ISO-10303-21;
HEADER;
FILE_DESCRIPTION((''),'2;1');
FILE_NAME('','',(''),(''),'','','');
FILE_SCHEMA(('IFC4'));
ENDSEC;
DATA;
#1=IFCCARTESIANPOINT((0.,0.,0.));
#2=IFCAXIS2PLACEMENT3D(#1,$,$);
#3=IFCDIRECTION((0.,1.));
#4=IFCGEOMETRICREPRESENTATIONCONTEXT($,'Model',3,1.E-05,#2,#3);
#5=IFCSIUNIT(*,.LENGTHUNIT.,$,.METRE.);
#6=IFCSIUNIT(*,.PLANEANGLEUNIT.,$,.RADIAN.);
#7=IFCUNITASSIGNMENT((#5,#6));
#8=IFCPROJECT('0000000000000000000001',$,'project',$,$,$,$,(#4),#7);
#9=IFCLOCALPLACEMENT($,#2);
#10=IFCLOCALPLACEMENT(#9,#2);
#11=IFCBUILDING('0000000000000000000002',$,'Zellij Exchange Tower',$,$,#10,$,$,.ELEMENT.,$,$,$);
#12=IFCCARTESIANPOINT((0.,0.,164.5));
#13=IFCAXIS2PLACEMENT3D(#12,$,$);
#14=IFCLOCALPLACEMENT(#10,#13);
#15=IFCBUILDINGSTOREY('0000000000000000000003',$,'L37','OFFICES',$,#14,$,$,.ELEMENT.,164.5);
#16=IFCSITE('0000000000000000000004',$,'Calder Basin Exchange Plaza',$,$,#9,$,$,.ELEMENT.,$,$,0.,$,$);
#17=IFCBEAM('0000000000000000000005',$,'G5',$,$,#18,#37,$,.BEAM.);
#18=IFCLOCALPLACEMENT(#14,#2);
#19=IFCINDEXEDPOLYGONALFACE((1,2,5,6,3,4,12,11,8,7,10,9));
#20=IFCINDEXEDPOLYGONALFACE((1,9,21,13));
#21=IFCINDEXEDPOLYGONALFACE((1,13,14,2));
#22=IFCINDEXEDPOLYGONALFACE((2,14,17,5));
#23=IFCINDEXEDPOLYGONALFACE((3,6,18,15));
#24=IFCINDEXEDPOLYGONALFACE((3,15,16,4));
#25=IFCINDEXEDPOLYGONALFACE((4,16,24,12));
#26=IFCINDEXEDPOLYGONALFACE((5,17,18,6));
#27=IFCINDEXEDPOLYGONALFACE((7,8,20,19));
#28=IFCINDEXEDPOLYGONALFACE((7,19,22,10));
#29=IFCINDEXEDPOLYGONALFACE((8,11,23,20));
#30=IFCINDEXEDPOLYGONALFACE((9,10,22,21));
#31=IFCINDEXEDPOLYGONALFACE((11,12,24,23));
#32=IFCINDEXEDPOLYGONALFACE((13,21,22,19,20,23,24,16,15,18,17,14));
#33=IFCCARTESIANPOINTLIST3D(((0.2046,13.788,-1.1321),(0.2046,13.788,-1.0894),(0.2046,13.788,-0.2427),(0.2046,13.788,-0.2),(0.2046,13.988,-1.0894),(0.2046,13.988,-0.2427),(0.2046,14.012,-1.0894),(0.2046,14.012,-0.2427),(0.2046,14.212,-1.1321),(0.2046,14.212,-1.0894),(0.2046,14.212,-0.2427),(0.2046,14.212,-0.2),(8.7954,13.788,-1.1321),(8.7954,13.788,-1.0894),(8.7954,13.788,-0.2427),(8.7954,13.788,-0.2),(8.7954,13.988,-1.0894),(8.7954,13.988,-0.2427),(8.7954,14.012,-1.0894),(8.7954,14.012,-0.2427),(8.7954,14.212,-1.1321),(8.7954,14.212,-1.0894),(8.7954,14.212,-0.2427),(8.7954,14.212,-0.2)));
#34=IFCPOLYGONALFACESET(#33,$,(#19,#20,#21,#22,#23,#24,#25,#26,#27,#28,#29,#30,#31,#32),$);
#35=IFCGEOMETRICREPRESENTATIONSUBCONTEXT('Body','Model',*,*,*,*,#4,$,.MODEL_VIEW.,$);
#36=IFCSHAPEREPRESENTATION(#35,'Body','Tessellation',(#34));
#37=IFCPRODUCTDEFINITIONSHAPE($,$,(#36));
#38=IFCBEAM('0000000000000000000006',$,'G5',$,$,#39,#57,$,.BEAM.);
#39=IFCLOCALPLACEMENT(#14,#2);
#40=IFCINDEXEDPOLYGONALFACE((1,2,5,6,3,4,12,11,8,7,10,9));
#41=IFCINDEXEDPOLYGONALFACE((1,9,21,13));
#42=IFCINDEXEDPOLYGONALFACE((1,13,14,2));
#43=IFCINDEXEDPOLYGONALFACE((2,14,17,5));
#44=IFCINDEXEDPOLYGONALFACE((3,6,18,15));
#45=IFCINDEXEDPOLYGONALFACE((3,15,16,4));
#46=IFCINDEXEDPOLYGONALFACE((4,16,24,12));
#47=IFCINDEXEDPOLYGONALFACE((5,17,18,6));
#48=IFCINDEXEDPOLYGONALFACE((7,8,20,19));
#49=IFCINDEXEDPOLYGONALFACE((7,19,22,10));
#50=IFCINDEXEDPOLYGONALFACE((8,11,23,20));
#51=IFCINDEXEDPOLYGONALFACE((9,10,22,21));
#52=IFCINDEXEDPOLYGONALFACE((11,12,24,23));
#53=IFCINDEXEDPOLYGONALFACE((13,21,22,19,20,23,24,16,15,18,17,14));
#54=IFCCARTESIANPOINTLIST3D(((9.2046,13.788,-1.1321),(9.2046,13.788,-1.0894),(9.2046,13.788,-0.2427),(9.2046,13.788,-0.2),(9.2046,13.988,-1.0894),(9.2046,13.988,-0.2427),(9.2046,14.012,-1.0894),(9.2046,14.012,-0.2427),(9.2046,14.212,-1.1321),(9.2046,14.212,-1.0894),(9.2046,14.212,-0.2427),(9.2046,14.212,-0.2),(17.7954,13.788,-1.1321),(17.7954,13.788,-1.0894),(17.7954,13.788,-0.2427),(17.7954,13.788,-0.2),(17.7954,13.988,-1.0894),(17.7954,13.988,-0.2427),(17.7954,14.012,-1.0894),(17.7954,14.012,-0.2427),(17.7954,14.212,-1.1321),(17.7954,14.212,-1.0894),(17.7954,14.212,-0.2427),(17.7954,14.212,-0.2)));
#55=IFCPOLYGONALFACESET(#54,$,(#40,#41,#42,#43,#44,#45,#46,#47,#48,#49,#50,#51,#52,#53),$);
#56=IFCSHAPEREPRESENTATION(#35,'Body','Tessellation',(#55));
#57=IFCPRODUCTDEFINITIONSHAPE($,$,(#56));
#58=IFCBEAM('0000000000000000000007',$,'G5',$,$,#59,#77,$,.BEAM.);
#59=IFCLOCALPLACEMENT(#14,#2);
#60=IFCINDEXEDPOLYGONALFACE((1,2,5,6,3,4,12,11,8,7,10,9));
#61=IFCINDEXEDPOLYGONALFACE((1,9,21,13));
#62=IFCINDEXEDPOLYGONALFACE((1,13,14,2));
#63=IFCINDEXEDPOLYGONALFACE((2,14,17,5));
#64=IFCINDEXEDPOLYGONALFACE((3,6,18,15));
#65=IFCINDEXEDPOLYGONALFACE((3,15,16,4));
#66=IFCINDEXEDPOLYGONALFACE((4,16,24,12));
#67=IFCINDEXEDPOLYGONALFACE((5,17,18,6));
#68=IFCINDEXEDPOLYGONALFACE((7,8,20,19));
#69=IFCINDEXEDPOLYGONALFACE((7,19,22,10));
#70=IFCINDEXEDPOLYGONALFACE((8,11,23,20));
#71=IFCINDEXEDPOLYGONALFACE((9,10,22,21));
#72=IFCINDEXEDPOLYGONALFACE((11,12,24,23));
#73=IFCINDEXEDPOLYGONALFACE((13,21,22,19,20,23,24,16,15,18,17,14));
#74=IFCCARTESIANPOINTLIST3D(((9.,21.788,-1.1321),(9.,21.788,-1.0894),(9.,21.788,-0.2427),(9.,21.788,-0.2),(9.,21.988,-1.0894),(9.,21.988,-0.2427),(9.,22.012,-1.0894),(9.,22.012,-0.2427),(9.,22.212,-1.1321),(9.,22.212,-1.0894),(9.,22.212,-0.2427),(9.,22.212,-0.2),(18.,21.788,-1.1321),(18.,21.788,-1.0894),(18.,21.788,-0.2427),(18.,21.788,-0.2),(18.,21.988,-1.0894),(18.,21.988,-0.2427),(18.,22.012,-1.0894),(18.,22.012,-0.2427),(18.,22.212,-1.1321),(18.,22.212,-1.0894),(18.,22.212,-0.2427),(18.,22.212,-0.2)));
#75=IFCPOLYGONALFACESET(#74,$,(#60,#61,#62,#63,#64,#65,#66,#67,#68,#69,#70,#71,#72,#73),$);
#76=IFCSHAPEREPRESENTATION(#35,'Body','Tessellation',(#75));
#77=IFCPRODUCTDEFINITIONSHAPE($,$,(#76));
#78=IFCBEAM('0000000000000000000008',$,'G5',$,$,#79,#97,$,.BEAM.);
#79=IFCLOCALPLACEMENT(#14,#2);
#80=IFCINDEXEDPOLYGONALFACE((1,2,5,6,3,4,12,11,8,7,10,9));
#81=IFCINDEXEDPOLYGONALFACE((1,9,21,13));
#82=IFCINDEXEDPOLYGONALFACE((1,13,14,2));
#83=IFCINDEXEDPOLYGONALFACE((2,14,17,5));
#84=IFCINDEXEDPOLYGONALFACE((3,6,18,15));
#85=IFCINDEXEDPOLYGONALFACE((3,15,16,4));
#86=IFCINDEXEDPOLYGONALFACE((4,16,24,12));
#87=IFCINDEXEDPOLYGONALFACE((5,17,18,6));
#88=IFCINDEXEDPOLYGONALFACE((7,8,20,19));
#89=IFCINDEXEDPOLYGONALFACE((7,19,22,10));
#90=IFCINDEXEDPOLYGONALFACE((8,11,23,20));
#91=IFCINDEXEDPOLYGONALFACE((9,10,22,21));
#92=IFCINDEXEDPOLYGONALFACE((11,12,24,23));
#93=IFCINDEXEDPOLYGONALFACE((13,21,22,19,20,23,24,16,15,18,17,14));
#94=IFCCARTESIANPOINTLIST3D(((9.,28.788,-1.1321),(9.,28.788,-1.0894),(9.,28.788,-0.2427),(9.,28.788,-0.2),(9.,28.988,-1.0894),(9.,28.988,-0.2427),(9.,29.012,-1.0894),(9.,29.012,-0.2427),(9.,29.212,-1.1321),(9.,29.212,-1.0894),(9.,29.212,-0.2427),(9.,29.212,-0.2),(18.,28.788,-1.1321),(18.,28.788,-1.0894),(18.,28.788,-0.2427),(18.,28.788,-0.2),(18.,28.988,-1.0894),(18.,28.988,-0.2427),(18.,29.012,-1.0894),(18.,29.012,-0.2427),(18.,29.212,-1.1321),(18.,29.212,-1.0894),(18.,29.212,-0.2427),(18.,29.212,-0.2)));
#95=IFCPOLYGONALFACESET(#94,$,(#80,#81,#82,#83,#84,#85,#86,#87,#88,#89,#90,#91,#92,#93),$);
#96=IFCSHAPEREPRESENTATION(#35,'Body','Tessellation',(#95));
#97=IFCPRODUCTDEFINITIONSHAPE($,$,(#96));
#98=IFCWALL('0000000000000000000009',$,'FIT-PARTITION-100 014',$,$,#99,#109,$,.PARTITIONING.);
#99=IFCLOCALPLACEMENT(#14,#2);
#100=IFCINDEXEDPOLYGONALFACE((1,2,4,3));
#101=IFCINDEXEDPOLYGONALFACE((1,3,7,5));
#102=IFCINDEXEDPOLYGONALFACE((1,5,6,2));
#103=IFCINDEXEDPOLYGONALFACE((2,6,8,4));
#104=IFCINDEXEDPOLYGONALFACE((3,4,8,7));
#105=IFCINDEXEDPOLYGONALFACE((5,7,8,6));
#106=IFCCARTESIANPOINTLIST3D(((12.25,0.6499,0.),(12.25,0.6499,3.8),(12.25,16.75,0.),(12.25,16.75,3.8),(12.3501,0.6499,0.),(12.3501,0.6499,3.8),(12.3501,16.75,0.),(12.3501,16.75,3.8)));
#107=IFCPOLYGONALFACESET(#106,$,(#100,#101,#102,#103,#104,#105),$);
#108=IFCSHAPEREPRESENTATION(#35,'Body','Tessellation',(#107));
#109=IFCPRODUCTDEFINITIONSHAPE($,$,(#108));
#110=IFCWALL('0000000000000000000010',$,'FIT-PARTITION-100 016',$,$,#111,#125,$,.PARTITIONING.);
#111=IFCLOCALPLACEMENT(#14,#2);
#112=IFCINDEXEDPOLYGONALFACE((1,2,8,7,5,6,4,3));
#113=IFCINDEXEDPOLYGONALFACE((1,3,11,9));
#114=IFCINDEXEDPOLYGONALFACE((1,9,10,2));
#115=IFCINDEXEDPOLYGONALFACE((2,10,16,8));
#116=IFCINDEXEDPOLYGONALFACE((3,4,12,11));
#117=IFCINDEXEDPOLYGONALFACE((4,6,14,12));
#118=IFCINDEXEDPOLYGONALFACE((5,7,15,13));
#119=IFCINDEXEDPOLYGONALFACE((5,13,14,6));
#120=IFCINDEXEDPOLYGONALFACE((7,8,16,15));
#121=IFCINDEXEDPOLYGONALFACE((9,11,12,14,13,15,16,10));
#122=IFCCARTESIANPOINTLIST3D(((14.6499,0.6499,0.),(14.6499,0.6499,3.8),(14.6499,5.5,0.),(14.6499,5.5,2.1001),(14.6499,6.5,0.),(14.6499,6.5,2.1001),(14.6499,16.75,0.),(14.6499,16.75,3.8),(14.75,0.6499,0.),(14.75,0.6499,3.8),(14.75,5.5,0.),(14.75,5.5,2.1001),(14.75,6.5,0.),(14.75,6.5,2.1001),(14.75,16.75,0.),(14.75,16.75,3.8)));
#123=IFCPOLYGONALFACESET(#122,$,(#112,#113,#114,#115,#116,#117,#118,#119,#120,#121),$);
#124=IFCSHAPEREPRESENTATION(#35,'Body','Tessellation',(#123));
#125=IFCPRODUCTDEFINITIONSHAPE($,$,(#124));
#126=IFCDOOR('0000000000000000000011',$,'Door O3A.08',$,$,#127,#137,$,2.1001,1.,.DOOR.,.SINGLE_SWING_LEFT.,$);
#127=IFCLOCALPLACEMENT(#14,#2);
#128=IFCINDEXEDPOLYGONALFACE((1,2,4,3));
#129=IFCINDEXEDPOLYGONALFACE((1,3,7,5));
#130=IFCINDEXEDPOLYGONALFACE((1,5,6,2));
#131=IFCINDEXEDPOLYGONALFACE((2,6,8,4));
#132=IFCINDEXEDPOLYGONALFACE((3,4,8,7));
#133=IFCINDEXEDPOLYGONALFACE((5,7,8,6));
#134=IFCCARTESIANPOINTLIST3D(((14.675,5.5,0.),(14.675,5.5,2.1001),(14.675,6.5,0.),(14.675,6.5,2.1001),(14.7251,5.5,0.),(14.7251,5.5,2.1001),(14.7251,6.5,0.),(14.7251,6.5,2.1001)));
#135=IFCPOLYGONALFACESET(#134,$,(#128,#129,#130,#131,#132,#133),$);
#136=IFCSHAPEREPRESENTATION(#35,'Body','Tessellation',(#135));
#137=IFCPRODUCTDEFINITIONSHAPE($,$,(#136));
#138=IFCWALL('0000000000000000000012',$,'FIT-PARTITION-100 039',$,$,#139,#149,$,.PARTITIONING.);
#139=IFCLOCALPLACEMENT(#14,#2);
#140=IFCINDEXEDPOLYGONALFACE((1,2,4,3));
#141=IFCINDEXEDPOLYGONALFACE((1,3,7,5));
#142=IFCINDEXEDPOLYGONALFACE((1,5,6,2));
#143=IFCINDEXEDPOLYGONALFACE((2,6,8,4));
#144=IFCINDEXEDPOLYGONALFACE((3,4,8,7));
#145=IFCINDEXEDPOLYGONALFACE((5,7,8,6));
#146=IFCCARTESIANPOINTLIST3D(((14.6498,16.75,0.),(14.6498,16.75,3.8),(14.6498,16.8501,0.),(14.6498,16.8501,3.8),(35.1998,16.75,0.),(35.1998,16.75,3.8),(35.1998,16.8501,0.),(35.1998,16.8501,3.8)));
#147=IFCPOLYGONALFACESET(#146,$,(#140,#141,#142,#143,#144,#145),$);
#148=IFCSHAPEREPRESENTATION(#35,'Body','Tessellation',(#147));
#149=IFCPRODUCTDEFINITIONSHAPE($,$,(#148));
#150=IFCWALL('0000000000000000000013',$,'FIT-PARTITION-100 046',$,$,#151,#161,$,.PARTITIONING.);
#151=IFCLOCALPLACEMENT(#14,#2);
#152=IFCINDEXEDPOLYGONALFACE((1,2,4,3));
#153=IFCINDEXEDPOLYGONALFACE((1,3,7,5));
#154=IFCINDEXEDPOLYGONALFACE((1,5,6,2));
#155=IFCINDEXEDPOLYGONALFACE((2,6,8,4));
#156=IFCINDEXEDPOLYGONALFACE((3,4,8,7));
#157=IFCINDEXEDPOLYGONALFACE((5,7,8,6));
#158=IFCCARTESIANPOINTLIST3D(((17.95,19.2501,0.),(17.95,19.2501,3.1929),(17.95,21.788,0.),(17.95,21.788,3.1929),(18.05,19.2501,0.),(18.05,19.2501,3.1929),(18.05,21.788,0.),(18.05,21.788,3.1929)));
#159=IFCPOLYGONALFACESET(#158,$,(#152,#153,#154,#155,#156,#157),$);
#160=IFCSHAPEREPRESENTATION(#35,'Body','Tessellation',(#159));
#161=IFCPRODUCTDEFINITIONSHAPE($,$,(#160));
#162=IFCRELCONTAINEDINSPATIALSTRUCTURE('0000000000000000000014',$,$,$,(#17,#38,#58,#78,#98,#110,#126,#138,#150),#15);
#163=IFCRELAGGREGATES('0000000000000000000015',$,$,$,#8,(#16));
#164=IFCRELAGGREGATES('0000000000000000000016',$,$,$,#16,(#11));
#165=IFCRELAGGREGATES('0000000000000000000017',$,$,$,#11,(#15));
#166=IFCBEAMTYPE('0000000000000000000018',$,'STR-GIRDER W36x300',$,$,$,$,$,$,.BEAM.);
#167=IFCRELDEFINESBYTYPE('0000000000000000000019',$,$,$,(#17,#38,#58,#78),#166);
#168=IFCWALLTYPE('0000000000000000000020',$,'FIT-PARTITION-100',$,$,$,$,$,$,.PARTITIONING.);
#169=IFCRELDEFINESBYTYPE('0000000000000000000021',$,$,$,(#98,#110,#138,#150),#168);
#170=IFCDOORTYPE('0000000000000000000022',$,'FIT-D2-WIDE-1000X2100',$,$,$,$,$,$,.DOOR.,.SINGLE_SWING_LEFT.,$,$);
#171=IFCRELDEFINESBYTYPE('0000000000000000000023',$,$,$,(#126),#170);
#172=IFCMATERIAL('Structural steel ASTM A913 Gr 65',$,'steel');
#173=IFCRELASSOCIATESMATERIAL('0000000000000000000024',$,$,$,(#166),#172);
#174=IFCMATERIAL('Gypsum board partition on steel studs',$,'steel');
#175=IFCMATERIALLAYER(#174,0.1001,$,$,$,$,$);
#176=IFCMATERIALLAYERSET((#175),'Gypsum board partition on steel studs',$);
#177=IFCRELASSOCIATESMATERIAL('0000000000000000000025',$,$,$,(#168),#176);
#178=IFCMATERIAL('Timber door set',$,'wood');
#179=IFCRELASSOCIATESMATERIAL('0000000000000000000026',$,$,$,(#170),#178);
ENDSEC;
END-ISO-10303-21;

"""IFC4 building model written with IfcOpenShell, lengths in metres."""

from ifc_helpers import new_model, si_unit, direction, frame, frame_2d, origin, origin_2d, place, context, subcontext, project, spatial, rectangle, i_section, extrude, material, layer, layer_set, material_profile, profile_set, type_object, element, fill, save


model = new_model("IFC4")

# Units and contexts
model_context = context("Model", 3, precision=1e-05, world=origin(), true_north=direction((0.0, 1.0)))
body_context = subcontext(model_context, "Body", "Model", "MODEL_VIEW")
ifc_project = project(units=[si_unit("LENGTHUNIT", "METRE"), si_unit("PLANEANGLEUNIT", "RADIAN")], contexts=[model_context])

# Site, building, storey
site_placement = place(None, origin())
site = spatial("IfcSite", under=ifc_project, at=site_placement, Name="Calder Basin Exchange Plaza", CompositionType="ELEMENT", RefElevation=0.0)
building_placement = place(site_placement, origin())
building = spatial("IfcBuilding", under=site, at=building_placement, Name="Zellij Exchange Tower", CompositionType="ELEMENT")
storey_placement = place(building_placement, frame((0.0, 0.0, 164.5)))
storey = spatial("IfcBuildingStorey", under=building, at=storey_placement, Name="L37", Description="OFFICES", CompositionType="ELEMENT", Elevation=164.5)

# Shared definitions
ifc_material_1 = material(Name="Structural steel ASTM A913 Gr 65", Category="steel")

# Beams
ifc_material_profile_1 = material_profile(ifc_material_1, i_section(OverallWidth=0.4241, OverallDepth=0.9321, WebThickness=0.0239, FlangeThickness=0.0427, at=origin_2d()), Name="W36x300")
ifc_profile_set_1 = profile_set([ifc_material_profile_1], Name="Structural steel ASTM A913 Gr 65")
beam_type_1 = type_object("IfcBeamType", Name="STR-GIRDER W36x300", PredefinedType="BEAM", material=ifc_profile_set_1)
for number, where, z_axis, x_axis, name in (
    (1, (0.2046, 14.0, -0.666), (1.0, 0.0, 0.0), (0.0, 1.0, 0.0), "G5"),
    (2, (9.2046, 14.0, -0.666), (1.0, 0.0, 0.0), (0.0, 1.0, 0.0), "G5"),
):
    element("IfcBeam", number, at=place(storey_placement, frame(where, z_axis=z_axis, x_axis=x_axis)), inside=storey, type_object=beam_type_1, Name=name, PredefinedType="BEAM", context=body_context, shape_type="SweptSolid", body=[
        extrude(i_section(OverallWidth=0.4241, OverallDepth=0.9321, WebThickness=0.0239, FlangeThickness=0.0427, at=origin_2d()), origin(), (0.0, 0.0, 1.0), 8.5908),
    ])
for number, where, z_axis, x_axis, name in (
    (3, (9.0, 22.0, -0.666), (1.0, 0.0, 0.0), (0.0, 1.0, 0.0), "G5"),
    (4, (9.0, 29.0, -0.666), (1.0, 0.0, 0.0), (0.0, 1.0, 0.0), "G5"),
):
    element("IfcBeam", number, at=place(storey_placement, frame(where, z_axis=z_axis, x_axis=x_axis)), inside=storey, type_object=beam_type_1, Name=name, PredefinedType="BEAM", context=body_context, shape_type="SweptSolid", body=[
        extrude(i_section(OverallWidth=0.4241, OverallDepth=0.9321, WebThickness=0.0239, FlangeThickness=0.0427, at=origin_2d()), origin(), (0.0, 0.0, 1.0), 9.0),
    ])

# Wall
ifc_material_2 = material(Name="Gypsum board partition on steel studs", Category="steel")
ifc_layer_1 = layer(ifc_material_2, 0.1001)
ifc_layer_set_1 = layer_set([ifc_layer_1], Name="Gypsum board partition on steel studs")
wall_type = type_object("IfcWallType", Name="FIT-PARTITION-100", PredefinedType="PARTITIONING", material=ifc_layer_set_1)
wall_1_placement = place(storey_placement, frame((12.3, 0.6499, 0.0), z_axis=(0.0, 0.0, 1.0), x_axis=(0.0, 1.0, 0.0)))
element("IfcWall", 5, at=wall_1_placement, inside=storey, type_object=wall_type, Name="FIT-PARTITION-100 014", PredefinedType="PARTITIONING", context=body_context, shape_type="SweptSolid", body=[
    extrude(rectangle(XDim=16.1001, YDim=0.1001, at=frame_2d((8.05, 0.0))), origin(), (0.0, 0.0, 1.0), 3.8),
])

# Wall, opening, door
wall_2_placement = place(storey_placement, frame((14.7, 0.6499, 0.0), z_axis=(0.0, 0.0, 1.0), x_axis=(0.0, 1.0, 0.0)))
wall_2 = element("IfcWall", 6, at=wall_2_placement, inside=storey, type_object=wall_type, Name="FIT-PARTITION-100 016", PredefinedType="PARTITIONING", context=body_context, shape_type="SweptSolid", body=[
    extrude(rectangle(XDim=16.1001, YDim=0.1001, at=frame_2d((8.05, 0.0))), origin(), (0.0, 0.0, 1.0), 3.8),
])
opening_placement = place(wall_2_placement, frame((4.8501, 0.0, 0.0)))
opening = element("IfcOpeningElement", 7, at=opening_placement, cuts=wall_2, PredefinedType="OPENING", context=body_context, shape_type="SweptSolid", body=[
    extrude(rectangle(XDim=1.0, YDim=2.1001, at=frame_2d((0.5, 1.05))), frame((0.0, 0.062, 0.0), z_axis=(0.0, -1.0, 0.0), x_axis=(1.0, 0.0, 0.0)), (0.0, 0.0, 1.0), 0.124),
])
ifc_material_3 = material(Name="Timber door set", Category="wood")
door_type = type_object("IfcDoorType", Name="FIT-D2-WIDE-1000X2100", OperationType="SINGLE_SWING_LEFT", PredefinedType="DOOR", material=ifc_material_3)
door_placement = place(opening_placement, origin())
door = element("IfcDoor", 8, at=door_placement, inside=storey, type_object=door_type, Name="Door O3A.08", OperationType="SINGLE_SWING_LEFT", OverallHeight=2.1001, OverallWidth=1.0, PredefinedType="DOOR", context=body_context, shape_type="SweptSolid", body=[
    extrude(rectangle(XDim=1.0, YDim=2.1001, at=frame_2d((0.5, 1.05))), frame((0.0, 0.0249, 0.0), z_axis=(0.0, -1.0, 0.0), x_axis=(1.0, 0.0, 0.0)), (0.0, 0.0, 1.0), 0.05),
])
fill(opening, door)

# Walls
wall_3_placement = place(storey_placement, frame((14.6499, 16.8, 0.0), z_axis=(0.0, 0.0, 1.0), x_axis=(1.0, 0.0, 0.0)))
element("IfcWall", 9, at=wall_3_placement, inside=storey, type_object=wall_type, Name="FIT-PARTITION-100 039", PredefinedType="PARTITIONING", context=body_context, shape_type="SweptSolid", body=[
    extrude(rectangle(XDim=20.55, YDim=0.1001, at=frame_2d((10.2749, 0.0))), origin(), (0.0, 0.0, 1.0), 3.8),
])
wall_4_placement = place(storey_placement, frame((18.0, 19.25, 0.0), z_axis=(0.0, 0.0, 1.0), x_axis=(0.0, 1.0, 0.0)))
element("IfcWall", 10, at=wall_4_placement, inside=storey, type_object=wall_type, Name="FIT-PARTITION-100 046", PredefinedType="PARTITIONING", context=body_context, shape_type="SweptSolid", body=[
    extrude(rectangle(XDim=2.5378, YDim=0.1001, at=frame_2d((1.269, 0.0))), origin(), (0.0, 0.0, 1.0), 3.1929),
])

save(model, "model.ifc")
